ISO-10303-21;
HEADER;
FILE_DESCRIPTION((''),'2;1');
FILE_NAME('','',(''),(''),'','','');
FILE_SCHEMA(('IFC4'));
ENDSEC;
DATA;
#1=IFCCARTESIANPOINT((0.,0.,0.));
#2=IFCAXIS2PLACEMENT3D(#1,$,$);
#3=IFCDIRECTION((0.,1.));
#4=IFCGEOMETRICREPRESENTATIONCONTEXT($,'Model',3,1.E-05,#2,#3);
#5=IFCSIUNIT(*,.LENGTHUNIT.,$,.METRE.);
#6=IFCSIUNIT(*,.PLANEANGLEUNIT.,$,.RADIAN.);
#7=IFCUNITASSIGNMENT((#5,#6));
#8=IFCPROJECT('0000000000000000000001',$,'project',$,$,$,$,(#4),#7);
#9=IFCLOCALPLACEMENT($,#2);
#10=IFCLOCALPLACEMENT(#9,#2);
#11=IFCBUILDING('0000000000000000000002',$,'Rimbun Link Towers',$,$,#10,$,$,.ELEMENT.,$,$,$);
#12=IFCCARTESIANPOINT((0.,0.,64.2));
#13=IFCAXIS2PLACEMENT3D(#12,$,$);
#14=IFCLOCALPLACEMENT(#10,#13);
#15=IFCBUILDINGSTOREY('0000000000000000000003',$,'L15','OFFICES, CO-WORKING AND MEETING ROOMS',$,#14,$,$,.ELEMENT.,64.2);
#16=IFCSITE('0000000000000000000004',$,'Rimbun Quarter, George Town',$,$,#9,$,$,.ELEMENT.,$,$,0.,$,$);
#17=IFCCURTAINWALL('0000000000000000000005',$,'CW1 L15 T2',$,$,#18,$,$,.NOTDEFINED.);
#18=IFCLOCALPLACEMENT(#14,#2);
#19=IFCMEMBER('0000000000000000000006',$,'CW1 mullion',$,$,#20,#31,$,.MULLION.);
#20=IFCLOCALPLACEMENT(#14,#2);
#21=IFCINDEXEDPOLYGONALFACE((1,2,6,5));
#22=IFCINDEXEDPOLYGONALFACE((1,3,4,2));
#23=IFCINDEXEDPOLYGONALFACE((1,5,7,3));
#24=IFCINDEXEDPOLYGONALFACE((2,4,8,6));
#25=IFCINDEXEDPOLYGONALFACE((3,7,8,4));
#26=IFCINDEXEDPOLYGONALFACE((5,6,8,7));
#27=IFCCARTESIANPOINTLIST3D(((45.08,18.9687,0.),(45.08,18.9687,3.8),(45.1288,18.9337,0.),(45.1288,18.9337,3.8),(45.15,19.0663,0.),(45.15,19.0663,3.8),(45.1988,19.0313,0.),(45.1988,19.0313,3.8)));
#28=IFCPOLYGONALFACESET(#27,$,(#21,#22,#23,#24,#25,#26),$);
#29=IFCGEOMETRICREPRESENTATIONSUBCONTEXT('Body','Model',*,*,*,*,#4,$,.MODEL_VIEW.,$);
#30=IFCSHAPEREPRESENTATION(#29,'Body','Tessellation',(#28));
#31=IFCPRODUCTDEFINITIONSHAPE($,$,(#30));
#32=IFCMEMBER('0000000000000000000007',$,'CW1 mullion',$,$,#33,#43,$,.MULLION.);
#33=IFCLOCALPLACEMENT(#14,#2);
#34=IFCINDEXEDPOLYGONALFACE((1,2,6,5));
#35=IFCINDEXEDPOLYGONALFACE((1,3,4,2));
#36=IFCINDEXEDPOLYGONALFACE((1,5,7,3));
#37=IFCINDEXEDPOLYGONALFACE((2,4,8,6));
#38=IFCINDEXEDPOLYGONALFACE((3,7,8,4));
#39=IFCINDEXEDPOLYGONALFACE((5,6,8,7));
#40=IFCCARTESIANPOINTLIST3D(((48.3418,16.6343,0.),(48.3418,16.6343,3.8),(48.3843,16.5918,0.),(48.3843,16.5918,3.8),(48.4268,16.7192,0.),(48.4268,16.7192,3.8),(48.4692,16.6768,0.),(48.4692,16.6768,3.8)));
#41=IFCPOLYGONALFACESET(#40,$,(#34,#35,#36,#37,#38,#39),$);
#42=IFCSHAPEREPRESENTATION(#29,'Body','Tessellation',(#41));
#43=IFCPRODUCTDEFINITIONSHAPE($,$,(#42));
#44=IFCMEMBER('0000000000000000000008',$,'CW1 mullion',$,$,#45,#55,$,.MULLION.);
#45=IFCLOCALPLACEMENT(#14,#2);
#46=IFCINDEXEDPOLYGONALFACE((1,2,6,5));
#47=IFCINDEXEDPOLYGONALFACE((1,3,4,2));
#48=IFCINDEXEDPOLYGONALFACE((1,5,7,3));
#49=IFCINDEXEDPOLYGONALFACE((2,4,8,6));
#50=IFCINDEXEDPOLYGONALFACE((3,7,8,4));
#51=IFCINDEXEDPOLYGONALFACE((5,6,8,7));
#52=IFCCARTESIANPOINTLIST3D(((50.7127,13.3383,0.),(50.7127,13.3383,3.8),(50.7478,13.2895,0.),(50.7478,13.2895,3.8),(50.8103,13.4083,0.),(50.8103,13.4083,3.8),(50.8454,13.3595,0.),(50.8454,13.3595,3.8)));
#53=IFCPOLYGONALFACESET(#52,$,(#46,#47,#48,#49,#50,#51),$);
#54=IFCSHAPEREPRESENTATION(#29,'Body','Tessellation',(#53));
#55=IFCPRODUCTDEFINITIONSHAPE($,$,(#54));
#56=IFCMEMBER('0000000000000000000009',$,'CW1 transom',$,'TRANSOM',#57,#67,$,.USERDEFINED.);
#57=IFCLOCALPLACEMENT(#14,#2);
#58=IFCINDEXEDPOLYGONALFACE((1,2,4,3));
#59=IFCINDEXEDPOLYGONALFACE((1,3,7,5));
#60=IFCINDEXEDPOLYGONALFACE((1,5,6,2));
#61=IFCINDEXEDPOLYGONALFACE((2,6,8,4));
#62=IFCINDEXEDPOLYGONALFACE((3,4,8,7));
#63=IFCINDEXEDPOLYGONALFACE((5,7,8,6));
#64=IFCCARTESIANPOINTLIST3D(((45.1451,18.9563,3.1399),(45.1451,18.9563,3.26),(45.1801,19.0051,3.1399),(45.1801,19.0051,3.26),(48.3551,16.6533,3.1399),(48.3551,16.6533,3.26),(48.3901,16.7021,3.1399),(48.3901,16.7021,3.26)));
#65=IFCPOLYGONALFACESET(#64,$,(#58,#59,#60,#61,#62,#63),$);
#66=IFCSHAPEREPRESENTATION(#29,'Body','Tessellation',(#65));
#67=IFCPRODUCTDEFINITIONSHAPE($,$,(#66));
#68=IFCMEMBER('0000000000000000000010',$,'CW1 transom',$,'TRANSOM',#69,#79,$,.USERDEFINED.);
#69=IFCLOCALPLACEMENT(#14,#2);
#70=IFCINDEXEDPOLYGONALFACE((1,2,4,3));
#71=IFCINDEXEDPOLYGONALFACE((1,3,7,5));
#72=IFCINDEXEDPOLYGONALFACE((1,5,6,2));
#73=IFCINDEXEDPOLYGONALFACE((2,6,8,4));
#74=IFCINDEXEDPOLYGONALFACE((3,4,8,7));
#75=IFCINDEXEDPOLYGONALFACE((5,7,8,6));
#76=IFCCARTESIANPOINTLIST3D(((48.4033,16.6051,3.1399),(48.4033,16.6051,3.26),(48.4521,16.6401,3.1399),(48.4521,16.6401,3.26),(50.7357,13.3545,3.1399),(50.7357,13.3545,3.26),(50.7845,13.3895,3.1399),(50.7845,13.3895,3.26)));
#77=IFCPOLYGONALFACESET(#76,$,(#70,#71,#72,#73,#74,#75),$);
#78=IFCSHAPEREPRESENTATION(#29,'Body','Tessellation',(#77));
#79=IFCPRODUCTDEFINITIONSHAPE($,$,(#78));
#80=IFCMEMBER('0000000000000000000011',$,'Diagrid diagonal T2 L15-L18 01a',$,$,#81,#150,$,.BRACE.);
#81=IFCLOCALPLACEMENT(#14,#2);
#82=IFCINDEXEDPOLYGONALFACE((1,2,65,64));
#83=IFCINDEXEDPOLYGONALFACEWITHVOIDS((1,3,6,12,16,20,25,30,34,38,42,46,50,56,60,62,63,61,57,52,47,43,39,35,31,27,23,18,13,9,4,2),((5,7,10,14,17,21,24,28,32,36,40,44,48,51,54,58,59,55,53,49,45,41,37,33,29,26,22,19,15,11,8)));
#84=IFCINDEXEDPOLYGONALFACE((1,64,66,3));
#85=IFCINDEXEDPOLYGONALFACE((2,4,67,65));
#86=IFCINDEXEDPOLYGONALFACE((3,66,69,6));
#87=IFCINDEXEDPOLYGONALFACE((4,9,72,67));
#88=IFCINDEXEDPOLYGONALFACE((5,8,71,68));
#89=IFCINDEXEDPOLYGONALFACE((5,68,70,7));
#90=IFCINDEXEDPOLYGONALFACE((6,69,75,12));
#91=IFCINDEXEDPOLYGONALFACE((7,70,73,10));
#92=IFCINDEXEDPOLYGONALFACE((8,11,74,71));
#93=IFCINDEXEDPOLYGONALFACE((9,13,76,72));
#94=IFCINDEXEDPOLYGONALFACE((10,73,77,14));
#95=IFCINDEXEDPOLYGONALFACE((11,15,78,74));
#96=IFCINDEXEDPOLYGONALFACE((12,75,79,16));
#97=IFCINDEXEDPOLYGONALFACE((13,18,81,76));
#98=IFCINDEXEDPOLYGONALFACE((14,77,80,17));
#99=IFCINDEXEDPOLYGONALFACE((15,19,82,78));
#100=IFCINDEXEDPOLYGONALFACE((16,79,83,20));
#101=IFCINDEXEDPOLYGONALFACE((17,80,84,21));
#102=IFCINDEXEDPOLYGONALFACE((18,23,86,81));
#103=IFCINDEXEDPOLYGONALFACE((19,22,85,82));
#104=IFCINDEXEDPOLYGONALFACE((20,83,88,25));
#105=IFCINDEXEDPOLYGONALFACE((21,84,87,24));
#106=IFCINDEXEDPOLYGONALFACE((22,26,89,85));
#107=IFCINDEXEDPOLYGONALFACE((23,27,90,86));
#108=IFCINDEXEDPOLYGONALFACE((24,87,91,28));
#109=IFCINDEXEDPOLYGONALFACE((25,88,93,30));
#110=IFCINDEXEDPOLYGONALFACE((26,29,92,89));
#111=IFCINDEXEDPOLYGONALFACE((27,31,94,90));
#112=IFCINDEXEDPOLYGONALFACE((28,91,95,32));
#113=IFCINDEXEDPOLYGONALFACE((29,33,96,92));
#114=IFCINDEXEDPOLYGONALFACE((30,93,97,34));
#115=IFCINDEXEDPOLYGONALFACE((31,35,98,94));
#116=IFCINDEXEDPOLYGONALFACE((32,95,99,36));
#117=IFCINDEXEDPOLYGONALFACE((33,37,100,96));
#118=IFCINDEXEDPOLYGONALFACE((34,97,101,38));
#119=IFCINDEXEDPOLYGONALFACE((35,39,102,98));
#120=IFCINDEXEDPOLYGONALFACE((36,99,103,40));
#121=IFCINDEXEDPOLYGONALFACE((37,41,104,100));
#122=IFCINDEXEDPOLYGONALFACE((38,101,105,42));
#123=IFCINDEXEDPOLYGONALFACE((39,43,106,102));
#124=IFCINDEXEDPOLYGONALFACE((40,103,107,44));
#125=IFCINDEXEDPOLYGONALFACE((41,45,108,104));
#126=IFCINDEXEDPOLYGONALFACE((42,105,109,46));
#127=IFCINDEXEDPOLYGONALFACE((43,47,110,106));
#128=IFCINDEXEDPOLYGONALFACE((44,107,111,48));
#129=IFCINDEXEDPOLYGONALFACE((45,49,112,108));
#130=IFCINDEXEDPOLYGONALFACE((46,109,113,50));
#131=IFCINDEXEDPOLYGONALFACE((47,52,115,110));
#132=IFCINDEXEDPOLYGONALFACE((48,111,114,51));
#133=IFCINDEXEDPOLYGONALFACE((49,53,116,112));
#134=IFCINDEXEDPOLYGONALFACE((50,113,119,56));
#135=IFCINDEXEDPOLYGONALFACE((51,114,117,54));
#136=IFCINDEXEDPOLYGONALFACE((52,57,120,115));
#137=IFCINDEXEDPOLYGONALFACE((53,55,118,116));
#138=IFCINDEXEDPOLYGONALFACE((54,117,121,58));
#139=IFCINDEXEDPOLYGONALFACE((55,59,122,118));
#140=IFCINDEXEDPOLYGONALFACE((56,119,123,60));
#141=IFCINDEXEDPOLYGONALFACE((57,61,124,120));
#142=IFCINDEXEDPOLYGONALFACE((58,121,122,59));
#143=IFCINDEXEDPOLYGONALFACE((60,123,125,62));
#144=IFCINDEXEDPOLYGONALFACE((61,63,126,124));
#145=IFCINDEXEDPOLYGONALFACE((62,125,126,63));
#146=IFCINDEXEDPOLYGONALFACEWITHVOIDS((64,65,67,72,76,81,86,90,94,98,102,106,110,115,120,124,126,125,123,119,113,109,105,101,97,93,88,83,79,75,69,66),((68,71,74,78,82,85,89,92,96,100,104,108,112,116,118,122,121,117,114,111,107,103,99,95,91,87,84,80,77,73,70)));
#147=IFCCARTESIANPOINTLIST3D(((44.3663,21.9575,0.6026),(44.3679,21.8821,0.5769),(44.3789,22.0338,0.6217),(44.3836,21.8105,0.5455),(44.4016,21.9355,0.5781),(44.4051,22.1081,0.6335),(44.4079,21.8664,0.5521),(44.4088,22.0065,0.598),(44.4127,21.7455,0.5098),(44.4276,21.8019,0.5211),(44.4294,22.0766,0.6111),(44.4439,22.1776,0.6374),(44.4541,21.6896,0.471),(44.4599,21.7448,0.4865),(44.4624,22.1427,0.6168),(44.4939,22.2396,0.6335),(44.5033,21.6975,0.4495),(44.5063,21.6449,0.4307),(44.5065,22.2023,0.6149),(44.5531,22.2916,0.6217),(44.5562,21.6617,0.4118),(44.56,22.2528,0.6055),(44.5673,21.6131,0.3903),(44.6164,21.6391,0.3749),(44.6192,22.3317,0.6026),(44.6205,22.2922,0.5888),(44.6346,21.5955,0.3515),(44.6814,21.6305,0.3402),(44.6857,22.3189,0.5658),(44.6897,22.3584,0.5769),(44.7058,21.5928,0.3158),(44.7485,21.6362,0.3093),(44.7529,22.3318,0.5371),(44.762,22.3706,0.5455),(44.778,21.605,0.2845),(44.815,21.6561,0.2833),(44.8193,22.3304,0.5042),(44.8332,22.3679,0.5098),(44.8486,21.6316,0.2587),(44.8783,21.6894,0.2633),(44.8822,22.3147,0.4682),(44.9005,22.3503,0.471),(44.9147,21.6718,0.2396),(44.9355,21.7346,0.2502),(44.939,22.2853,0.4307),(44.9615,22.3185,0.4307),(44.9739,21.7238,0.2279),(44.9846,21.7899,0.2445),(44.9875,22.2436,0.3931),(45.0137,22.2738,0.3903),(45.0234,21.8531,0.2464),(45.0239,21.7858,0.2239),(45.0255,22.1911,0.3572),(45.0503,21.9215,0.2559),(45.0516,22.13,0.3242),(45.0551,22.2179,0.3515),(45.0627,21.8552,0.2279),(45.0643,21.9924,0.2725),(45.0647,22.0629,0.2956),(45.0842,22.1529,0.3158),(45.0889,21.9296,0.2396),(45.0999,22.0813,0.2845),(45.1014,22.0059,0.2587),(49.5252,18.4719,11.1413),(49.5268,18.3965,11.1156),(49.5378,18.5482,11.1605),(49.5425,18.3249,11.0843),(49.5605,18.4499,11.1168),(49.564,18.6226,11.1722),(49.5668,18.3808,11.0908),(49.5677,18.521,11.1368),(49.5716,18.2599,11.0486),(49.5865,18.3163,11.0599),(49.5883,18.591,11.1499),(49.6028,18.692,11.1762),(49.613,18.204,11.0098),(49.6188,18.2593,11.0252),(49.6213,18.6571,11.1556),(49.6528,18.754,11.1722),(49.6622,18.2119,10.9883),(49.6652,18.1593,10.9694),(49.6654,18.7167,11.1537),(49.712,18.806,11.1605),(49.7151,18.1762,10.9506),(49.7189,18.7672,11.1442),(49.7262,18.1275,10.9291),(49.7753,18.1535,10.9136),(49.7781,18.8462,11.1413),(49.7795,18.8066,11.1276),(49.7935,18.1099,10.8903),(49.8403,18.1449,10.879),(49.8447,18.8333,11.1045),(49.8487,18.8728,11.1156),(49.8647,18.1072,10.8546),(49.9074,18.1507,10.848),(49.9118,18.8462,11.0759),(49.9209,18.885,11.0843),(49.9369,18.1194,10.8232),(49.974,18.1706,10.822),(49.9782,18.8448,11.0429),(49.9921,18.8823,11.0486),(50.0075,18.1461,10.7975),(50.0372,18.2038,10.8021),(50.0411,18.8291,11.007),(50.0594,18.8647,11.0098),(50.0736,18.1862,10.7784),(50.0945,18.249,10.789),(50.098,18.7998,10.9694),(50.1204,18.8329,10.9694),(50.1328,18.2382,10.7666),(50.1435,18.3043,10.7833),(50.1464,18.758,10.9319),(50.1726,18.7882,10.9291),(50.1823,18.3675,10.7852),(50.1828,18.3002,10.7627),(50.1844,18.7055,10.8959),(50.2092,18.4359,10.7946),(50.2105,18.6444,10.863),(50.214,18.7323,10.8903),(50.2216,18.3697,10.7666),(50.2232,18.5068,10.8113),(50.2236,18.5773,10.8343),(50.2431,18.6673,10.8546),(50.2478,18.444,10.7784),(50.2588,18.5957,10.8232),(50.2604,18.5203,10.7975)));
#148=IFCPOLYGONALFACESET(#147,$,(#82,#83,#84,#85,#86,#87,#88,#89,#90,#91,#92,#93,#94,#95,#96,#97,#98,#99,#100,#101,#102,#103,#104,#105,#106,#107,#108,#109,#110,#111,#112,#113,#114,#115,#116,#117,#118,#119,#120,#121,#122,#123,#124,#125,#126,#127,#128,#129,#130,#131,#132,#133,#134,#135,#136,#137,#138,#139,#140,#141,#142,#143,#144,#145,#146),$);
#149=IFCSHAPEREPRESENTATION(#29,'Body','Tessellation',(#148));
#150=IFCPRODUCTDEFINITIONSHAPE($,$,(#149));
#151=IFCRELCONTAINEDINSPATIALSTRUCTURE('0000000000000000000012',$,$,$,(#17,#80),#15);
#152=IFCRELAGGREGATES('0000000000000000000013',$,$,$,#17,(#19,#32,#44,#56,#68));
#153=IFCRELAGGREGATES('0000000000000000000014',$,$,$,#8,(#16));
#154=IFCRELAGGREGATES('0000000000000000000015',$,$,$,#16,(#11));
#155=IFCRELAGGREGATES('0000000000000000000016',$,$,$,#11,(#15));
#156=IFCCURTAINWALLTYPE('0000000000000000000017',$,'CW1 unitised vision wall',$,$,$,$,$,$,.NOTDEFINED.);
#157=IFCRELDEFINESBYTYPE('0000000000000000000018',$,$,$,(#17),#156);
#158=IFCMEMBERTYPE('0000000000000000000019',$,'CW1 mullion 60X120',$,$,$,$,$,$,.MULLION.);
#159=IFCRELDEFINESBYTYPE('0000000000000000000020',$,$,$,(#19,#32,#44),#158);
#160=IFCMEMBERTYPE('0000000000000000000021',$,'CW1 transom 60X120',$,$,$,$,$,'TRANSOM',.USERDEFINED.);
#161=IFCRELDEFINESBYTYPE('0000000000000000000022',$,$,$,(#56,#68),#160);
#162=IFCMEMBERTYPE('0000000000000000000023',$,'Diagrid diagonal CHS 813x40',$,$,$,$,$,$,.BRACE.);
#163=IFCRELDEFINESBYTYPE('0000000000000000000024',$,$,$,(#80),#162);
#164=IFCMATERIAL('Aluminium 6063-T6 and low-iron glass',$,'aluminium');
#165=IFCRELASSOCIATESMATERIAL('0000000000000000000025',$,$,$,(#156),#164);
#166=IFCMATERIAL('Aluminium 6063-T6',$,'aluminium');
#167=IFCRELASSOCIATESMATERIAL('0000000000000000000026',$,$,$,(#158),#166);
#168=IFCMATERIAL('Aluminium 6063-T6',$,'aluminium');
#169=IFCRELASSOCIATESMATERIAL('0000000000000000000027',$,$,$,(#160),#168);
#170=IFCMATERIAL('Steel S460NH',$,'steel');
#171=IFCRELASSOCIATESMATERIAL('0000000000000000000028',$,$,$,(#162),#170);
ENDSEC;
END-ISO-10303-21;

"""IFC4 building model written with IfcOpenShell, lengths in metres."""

from ifc_helpers import new_model, si_unit, direction, frame, origin, origin_2d, place, context, subcontext, project, spatial, rectangle, hollow_circle, extrude, material, material_profile, profile_set, type_object, element, aggregate, save


model = new_model("IFC4")

# Units and contexts
model_context = context("Model", 3, precision=1e-05, world=origin(), true_north=direction((0.0, 1.0)))
body_context = subcontext(model_context, "Body", "Model", "MODEL_VIEW")
ifc_project = project(units=[si_unit("LENGTHUNIT", "METRE"), si_unit("PLANEANGLEUNIT", "RADIAN")], contexts=[model_context])

# Site, building, storey
site_placement = place(None, origin())
site = spatial("IfcSite", under=ifc_project, at=site_placement, Name="Rimbun Quarter, George Town", CompositionType="ELEMENT", RefElevation=0.0)
building_placement = place(site_placement, origin())
building = spatial("IfcBuilding", under=site, at=building_placement, Name="Rimbun Link Towers", CompositionType="ELEMENT")
storey_placement = place(building_placement, frame((0.0, 0.0, 64.2)))
storey = spatial("IfcBuildingStorey", under=building, at=storey_placement, Name="L15", Description="OFFICES, CO-WORKING AND MEETING ROOMS", CompositionType="ELEMENT", Elevation=64.2)

# Curtain wall, members
ifc_material_1 = material(Name="Aluminium 6063-T6 and low-iron glass", Category="aluminium")
curtain_wall_type = type_object("IfcCurtainWallType", Name="CW1 unitised vision wall", PredefinedType="NOTDEFINED", material=ifc_material_1)
curtain_wall_placement = place(storey_placement, origin())
curtain_wall = element("IfcCurtainWall", 1, at=curtain_wall_placement, inside=storey, type_object=curtain_wall_type, Name="CW1 L15 T2", PredefinedType="NOTDEFINED")
ifc_material_2 = material(Name="Aluminium 6063-T6", Category="aluminium")
ifc_material_profile_1 = material_profile(ifc_material_2, rectangle(XDim=0.1201, YDim=0.0601, at=origin_2d()), Name="MULLION 60X120")
ifc_profile_set_1 = profile_set([ifc_material_profile_1], Name="Aluminium 6063-T6")
member_type_1 = type_object("IfcMemberType", Name="CW1 mullion 60X120", PredefinedType="MULLION", material=ifc_profile_set_1)
member_1_placement = place(storey_placement, frame((45.1394, 19.0, 0.0), z_axis=(0.0, 0.0, 1.0), x_axis=(0.583002, 0.812471, 0.0)))
member_1 = element("IfcMember", 2, at=member_1_placement, type_object=member_type_1, Name="CW1 mullion", PredefinedType="MULLION", context=body_context, shape_type="SweptSolid", body=[
    extrude(rectangle(XDim=0.1201, YDim=0.0601, at=origin_2d()), origin(), (0.0, 0.0, 1.0), 3.8),
])
member_2_placement = place(storey_placement, frame((48.4055, 16.6555, 0.0), z_axis=(0.0, 0.0, 1.0), x_axis=(0.707107, 0.707107, 0.0)))
member_2 = element("IfcMember", 3, at=member_2_placement, type_object=member_type_1, Name="CW1 mullion", PredefinedType="MULLION", context=body_context, shape_type="SweptSolid", body=[
    extrude(rectangle(XDim=0.1201, YDim=0.0601, at=origin_2d()), origin(), (0.0, 0.0, 1.0), 3.8),
])
member_3_placement = place(storey_placement, frame((50.7791, 13.3489, 0.0), z_axis=(0.0, 0.0, 1.0), x_axis=(0.812471, 0.583002, 0.0)))
member_3 = element("IfcMember", 4, at=member_3_placement, type_object=member_type_1, Name="CW1 mullion", PredefinedType="MULLION", context=body_context, shape_type="SweptSolid", body=[
    extrude(rectangle(XDim=0.1201, YDim=0.0601, at=origin_2d()), origin(), (0.0, 0.0, 1.0), 3.8),
])
ifc_material_3 = material(Name="Aluminium 6063-T6", Category="aluminium")
ifc_material_profile_2 = material_profile(ifc_material_3, rectangle(XDim=0.0601, YDim=0.1201, at=origin_2d()), Name="TRANSOM 60X120")
ifc_profile_set_2 = profile_set([ifc_material_profile_2], Name="Aluminium 6063-T6")
member_type_2 = type_object("IfcMemberType", Name="CW1 transom 60X120", ElementType="TRANSOM", PredefinedType="USERDEFINED", material=ifc_profile_set_2)
member_4_placement = place(storey_placement, frame((45.1626, 18.9807, 3.2), z_axis=(0.812517, -0.582938, 0.0), x_axis=(0.582938, 0.812517, 0.0)))
member_4 = element("IfcMember", 5, at=member_4_placement, type_object=member_type_2, Name="CW1 transom", ObjectType="TRANSOM", PredefinedType="USERDEFINED", context=body_context, shape_type="SweptSolid", body=[
    extrude(rectangle(XDim=0.0601, YDim=0.1201, at=origin_2d()), origin(), (0.0, 0.0, 1.0), 3.9507),
])
member_5_placement = place(storey_placement, frame((48.4277, 16.6226, 3.2), z_axis=(0.582974, -0.81249, 0.0), x_axis=(0.81249, 0.582974, 0.0)))
member_5 = element("IfcMember", 6, at=member_5_placement, type_object=member_type_2, Name="CW1 transom", ObjectType="TRANSOM", PredefinedType="USERDEFINED", context=body_context, shape_type="SweptSolid", body=[
    extrude(rectangle(XDim=0.0601, YDim=0.1201, at=origin_2d()), origin(), (0.0, 0.0, 1.0), 4.0007),
])

# Member
ifc_material_4 = material(Name="Steel S460NH", Category="steel")
ifc_material_profile_3 = material_profile(ifc_material_4, hollow_circle(Radius=0.4065, WallThickness=0.04, at=origin_2d()), Name="Diagrid diagonal CHS 813x40")
ifc_profile_set_3 = profile_set([ifc_material_profile_3], Name="Steel S460NH")
member_type_3 = type_object("IfcMemberType", Name="Diagrid diagonal CHS 813x40", PredefinedType="BRACE", material=ifc_profile_set_3)
member_6_placement = place(storey_placement, frame((44.7339, 21.9817, 0.4307), z_axis=(0.421463, -0.284758, 0.860977), x_axis=(0.559838, 0.828602, 0.0)))
element("IfcMember", 7, at=member_6_placement, inside=storey, type_object=member_type_3, Name="Diagrid diagonal T2 L15-L18 01a", PredefinedType="BRACE", context=body_context, shape_type="SweptSolid", body=[
    extrude(hollow_circle(Radius=0.4065, WallThickness=0.04, at=origin_2d()), origin(), (0.0, 0.0, 1.0), 12.2405),
])

aggregate(curtain_wall, [member_1, member_2, member_3, member_4, member_5])

save(model, "model.ifc")
